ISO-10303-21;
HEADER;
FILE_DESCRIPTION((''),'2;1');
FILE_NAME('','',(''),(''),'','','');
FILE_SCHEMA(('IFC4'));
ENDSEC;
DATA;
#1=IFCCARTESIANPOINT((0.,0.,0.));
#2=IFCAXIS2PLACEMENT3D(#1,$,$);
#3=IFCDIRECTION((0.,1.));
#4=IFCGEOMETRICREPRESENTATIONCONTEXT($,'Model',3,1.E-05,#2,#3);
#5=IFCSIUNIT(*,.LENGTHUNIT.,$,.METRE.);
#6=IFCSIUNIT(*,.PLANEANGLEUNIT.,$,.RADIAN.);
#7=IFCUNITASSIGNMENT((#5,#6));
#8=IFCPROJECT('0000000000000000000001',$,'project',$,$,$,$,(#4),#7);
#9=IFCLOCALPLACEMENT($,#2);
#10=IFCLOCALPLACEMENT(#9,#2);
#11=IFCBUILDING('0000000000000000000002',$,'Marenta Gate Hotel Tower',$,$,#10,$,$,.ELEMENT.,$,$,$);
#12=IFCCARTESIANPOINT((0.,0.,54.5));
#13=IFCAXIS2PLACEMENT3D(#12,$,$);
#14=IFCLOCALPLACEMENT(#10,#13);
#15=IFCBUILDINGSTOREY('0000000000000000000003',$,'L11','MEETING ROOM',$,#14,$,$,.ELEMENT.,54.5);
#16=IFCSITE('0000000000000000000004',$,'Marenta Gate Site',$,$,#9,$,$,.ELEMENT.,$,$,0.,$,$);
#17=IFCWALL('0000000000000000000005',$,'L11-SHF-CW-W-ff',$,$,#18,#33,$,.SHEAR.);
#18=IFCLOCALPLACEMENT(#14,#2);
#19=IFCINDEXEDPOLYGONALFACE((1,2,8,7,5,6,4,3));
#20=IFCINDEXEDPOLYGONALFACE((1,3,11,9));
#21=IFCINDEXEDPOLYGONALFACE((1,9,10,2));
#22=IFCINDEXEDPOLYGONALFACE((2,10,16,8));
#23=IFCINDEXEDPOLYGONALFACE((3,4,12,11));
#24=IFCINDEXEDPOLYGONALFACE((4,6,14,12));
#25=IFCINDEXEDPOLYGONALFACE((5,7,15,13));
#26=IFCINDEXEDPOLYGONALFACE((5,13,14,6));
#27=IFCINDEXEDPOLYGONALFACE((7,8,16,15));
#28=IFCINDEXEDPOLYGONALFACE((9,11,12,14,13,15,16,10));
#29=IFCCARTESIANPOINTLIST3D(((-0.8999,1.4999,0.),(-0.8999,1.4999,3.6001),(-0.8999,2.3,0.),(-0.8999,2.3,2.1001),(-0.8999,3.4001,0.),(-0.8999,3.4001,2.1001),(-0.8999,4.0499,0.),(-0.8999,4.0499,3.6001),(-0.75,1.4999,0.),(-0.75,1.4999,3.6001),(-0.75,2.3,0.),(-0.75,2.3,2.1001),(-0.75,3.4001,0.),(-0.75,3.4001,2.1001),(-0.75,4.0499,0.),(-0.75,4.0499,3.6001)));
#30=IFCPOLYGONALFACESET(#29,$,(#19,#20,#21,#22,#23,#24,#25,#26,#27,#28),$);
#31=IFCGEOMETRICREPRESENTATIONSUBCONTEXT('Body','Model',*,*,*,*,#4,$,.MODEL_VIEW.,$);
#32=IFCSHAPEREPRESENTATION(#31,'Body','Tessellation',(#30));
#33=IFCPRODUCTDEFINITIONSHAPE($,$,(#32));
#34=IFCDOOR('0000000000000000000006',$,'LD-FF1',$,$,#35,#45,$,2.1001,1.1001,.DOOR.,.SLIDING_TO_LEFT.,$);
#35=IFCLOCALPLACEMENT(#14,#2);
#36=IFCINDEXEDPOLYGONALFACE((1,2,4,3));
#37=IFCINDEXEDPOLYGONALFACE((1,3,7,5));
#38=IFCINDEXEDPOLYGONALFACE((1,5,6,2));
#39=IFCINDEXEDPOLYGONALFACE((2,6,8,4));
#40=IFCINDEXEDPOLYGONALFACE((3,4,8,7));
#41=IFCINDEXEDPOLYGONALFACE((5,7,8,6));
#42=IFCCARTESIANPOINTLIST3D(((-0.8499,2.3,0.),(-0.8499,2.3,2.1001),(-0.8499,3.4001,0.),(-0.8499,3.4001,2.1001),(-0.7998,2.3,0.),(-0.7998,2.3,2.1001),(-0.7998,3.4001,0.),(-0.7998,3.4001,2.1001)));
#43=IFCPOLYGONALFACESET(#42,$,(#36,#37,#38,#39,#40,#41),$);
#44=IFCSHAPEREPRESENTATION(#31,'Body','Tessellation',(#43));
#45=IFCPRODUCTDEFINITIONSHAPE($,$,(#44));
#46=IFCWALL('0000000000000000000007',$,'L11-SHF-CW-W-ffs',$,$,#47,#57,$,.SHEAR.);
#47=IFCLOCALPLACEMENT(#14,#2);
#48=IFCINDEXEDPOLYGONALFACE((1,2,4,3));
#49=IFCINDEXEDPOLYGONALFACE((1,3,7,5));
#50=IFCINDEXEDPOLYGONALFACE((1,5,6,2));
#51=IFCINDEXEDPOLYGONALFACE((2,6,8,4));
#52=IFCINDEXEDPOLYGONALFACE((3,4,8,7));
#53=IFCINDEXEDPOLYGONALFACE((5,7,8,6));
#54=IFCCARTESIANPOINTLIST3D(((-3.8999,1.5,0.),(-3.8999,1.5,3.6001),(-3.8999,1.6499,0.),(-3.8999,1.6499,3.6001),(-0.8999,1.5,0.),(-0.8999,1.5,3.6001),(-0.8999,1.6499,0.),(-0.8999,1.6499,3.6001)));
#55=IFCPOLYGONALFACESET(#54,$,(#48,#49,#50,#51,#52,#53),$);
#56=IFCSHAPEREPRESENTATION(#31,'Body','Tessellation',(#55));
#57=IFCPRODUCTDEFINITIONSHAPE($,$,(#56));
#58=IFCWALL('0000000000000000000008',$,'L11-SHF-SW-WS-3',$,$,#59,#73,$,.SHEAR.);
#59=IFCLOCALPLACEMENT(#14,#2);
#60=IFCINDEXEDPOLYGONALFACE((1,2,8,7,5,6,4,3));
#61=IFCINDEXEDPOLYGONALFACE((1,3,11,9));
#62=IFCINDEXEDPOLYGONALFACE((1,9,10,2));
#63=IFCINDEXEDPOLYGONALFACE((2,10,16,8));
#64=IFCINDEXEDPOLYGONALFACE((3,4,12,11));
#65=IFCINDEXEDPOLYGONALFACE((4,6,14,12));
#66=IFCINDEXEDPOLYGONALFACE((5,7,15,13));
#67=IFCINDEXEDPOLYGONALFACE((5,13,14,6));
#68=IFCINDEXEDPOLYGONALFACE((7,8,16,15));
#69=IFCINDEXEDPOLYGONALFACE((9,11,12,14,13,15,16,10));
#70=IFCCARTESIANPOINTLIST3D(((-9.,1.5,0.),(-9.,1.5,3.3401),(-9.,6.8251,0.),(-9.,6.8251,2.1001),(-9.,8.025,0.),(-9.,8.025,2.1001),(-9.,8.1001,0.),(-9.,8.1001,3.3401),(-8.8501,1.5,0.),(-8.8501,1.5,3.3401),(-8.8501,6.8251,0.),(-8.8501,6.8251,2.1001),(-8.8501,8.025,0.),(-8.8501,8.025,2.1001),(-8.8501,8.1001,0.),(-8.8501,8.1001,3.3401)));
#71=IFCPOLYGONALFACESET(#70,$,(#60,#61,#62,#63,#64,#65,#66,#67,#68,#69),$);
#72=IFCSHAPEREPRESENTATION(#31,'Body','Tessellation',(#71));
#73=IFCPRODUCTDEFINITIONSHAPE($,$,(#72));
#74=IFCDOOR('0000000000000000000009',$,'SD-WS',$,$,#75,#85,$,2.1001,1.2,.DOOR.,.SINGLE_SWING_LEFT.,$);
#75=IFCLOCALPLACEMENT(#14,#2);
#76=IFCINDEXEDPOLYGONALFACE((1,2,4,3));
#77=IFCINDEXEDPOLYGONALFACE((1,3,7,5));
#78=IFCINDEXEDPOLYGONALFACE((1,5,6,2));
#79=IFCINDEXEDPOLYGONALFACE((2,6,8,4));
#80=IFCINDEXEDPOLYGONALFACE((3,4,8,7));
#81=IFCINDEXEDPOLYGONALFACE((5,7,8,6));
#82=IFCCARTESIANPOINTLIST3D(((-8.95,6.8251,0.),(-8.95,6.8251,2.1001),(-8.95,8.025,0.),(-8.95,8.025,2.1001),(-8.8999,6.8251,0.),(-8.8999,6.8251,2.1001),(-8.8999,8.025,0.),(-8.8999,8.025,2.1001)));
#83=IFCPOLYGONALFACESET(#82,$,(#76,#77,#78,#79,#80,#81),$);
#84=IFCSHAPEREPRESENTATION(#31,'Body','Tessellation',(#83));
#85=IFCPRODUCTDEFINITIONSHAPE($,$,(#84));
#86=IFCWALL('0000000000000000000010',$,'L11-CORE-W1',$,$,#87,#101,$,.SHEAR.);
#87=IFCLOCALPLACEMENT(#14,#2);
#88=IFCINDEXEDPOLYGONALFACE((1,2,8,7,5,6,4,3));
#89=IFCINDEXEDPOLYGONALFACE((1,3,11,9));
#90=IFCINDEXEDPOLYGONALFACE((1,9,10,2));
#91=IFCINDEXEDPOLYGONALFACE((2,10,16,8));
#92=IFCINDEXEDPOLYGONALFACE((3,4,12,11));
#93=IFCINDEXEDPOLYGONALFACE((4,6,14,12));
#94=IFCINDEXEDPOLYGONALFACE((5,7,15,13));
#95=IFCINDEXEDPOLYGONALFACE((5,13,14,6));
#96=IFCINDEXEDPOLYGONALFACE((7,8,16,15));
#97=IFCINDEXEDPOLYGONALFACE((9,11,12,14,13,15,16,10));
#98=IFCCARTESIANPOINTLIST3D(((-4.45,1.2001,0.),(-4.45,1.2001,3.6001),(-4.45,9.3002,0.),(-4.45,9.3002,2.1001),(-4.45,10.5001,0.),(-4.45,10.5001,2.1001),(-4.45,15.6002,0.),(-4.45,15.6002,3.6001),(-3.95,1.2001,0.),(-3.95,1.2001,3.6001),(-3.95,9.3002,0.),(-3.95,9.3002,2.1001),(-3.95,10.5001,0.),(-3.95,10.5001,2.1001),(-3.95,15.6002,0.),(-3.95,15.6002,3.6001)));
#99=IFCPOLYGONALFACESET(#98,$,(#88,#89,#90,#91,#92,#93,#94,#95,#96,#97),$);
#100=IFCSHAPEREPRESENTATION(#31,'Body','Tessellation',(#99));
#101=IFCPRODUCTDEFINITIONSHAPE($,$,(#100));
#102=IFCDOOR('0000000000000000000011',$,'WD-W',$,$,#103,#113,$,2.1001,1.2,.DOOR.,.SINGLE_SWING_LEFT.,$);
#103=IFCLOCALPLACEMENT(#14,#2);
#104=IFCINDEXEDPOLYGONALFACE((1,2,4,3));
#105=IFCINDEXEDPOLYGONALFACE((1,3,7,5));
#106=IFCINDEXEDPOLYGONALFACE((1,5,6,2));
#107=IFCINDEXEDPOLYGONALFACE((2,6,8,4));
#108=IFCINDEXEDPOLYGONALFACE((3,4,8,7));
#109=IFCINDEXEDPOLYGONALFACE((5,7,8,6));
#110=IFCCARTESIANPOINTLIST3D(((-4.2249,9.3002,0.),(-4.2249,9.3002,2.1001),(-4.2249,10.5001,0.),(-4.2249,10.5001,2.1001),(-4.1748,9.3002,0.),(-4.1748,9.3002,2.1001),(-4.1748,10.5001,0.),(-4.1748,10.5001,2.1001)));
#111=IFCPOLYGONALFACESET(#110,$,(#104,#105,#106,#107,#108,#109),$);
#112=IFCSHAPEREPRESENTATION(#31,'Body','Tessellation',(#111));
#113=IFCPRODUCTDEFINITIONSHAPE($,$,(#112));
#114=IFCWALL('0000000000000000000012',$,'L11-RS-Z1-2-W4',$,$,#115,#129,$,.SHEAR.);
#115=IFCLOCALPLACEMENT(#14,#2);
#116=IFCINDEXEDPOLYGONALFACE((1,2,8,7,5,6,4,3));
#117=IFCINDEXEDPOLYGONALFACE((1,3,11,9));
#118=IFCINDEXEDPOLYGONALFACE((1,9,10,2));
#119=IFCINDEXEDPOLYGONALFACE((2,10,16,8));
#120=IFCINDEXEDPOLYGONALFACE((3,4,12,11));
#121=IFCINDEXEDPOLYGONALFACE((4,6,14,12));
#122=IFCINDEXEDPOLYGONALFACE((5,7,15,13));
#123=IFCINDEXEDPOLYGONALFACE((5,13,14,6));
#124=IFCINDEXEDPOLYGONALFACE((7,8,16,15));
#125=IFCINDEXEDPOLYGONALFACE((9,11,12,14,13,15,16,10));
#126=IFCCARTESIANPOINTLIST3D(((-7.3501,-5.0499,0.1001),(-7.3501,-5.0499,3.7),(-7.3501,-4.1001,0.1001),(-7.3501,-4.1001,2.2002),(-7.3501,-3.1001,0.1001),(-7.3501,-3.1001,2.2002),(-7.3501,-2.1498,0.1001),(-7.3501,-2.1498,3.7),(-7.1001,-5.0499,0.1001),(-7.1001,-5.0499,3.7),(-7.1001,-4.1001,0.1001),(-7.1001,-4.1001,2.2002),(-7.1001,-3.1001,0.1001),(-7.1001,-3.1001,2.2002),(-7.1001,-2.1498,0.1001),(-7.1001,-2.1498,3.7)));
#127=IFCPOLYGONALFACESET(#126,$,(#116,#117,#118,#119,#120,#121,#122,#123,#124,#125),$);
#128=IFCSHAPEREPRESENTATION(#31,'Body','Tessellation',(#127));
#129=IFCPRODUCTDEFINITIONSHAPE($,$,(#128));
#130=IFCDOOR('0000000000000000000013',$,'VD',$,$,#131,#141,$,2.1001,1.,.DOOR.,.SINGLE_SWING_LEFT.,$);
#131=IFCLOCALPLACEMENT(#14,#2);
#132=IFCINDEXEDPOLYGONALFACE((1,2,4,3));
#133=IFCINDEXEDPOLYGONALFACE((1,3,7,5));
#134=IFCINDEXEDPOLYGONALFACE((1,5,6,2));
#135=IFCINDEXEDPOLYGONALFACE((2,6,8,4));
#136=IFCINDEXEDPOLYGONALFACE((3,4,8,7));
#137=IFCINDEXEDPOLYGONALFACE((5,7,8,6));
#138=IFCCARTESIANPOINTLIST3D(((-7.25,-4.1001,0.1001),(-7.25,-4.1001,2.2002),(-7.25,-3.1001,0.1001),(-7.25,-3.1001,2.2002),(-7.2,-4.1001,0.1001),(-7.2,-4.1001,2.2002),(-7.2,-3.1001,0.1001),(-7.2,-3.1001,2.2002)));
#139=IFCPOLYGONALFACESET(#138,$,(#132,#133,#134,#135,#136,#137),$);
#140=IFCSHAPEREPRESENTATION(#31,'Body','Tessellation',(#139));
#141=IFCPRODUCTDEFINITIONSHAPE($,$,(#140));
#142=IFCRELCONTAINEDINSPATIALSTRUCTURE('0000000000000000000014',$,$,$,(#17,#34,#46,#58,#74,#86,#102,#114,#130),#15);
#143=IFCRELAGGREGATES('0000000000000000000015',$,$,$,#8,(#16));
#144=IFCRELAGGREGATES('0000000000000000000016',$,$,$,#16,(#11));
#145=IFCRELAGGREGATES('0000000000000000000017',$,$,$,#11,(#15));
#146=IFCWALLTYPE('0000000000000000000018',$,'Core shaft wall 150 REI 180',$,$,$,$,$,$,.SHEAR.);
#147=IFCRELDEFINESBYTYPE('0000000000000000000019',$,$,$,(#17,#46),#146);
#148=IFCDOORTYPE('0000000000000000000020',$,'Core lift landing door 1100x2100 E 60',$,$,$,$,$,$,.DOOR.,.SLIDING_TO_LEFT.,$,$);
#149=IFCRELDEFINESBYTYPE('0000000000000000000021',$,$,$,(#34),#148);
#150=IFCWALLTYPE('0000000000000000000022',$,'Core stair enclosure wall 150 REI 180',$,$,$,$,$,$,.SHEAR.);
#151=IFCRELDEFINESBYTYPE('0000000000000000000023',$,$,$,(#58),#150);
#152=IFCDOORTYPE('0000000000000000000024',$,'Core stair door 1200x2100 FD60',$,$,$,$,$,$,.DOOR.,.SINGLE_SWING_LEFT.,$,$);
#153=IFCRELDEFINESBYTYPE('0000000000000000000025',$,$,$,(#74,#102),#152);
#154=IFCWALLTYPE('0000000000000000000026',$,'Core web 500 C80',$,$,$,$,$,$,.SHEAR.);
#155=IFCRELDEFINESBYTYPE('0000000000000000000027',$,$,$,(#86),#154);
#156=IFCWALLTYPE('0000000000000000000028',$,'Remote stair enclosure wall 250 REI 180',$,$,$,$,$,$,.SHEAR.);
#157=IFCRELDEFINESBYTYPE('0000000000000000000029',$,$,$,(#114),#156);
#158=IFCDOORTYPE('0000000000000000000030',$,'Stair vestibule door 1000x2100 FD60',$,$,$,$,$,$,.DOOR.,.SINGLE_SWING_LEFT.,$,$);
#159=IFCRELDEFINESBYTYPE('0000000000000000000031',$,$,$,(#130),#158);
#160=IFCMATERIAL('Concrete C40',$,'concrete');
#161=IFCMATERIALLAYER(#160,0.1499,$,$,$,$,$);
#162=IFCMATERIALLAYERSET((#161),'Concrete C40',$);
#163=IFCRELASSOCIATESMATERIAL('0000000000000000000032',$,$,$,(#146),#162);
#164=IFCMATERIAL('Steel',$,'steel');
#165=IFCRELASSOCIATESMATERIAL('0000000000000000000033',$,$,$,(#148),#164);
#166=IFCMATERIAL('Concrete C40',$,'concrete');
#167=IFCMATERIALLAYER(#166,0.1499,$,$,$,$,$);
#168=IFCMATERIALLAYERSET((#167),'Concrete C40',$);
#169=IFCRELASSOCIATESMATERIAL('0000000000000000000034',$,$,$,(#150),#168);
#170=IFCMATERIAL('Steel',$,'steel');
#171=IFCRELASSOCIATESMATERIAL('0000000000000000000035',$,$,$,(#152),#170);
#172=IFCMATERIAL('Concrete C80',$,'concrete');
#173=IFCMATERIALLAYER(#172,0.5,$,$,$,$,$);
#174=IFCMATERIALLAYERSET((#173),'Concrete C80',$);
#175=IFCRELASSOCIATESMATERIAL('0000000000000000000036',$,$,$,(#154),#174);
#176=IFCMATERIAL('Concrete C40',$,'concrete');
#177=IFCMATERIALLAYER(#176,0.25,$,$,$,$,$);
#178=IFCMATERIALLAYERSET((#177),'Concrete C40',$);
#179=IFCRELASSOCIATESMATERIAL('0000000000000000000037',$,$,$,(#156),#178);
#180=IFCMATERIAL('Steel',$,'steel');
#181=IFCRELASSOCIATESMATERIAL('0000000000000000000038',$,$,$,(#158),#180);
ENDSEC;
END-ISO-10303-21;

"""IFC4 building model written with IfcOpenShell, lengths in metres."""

from ifc_helpers import new_model, si_unit, direction, frame, frame_2d, origin, place, context, subcontext, project, spatial, rectangle, extrude, material, layer, layer_set, type_object, element, fill, save


model = new_model("IFC4")

# Units and contexts
model_context = context("Model", 3, precision=1e-05, world=origin(), true_north=direction((0.0, 1.0)))
body_context = subcontext(model_context, "Body", "Model", "MODEL_VIEW")
ifc_project = project(units=[si_unit("LENGTHUNIT", "METRE"), si_unit("PLANEANGLEUNIT", "RADIAN")], contexts=[model_context])

# Site, building, storey
site_placement = place(None, origin())
site = spatial("IfcSite", under=ifc_project, at=site_placement, Name="Marenta Gate Site", CompositionType="ELEMENT", RefElevation=0.0)
building_placement = place(site_placement, origin())
building = spatial("IfcBuilding", under=site, at=building_placement, Name="Marenta Gate Hotel Tower", CompositionType="ELEMENT")
storey_placement = place(building_placement, frame((0.0, 0.0, 54.5)))
storey = spatial("IfcBuildingStorey", under=building, at=storey_placement, Name="L11", Description="MEETING ROOM", CompositionType="ELEMENT", Elevation=54.5)

# Wall, opening, door
ifc_material_1 = material(Name="Concrete C40", Category="concrete")
ifc_layer_1 = layer(ifc_material_1, 0.1499)
ifc_layer_set_1 = layer_set([ifc_layer_1], Name="Concrete C40")
wall_type_1 = type_object("IfcWallType", Name="Core shaft wall 150 REI 180", PredefinedType="SHEAR", material=ifc_layer_set_1)
wall_1_placement = place(storey_placement, frame((-0.825, 1.5, 0.0), z_axis=(0.0, 0.0, 1.0), x_axis=(0.0, 1.0, 0.0)))
wall_1 = element("IfcWall", 1, at=wall_1_placement, inside=storey, type_object=wall_type_1, Name="L11-SHF-CW-W-ff", PredefinedType="SHEAR", context=body_context, shape_type="SweptSolid", body=[
    extrude(rectangle(XDim=2.55, YDim=0.1499, at=frame_2d((1.2749, 0.0))), origin(), (0.0, 0.0, 1.0), 3.6001),
])
opening_1_placement = place(wall_1_placement, frame((0.8, 0.0, 0.0)))
opening_1 = element("IfcOpeningElement", 2, at=opening_1_placement, cuts=wall_1, PredefinedType="OPENING", context=body_context, shape_type="SweptSolid", body=[
    extrude(rectangle(XDim=1.1001, YDim=2.1001, at=frame_2d((0.55, 1.05))), frame((0.0, 0.075, 0.0), z_axis=(0.0, -1.0, 0.0), x_axis=(1.0, 0.0, 0.0)), (0.0, 0.0, 1.0), 0.1499),
])
ifc_material_2 = material(Name="Steel", Category="steel")
door_type_1 = type_object("IfcDoorType", Name="Core lift landing door 1100x2100 E 60", OperationType="SLIDING_TO_LEFT", PredefinedType="DOOR", material=ifc_material_2)
door_1_placement = place(opening_1_placement, origin())
door_1 = element("IfcDoor", 3, at=door_1_placement, inside=storey, type_object=door_type_1, Name="LD-FF1", OperationType="SLIDING_TO_LEFT", OverallHeight=2.1001, OverallWidth=1.1001, PredefinedType="DOOR", context=body_context, shape_type="SweptSolid", body=[
    extrude(rectangle(XDim=1.1001, YDim=2.1001, at=frame_2d((0.55, 1.05))), frame((0.0, 0.0249, 0.0), z_axis=(0.0, -1.0, 0.0), x_axis=(1.0, 0.0, 0.0)), (0.0, 0.0, 1.0), 0.05),
])
fill(opening_1, door_1)

# Wall
wall_2_placement = place(storey_placement, frame((-3.8999, 1.575, 0.0), z_axis=(0.0, 0.0, 1.0), x_axis=(1.0, 0.0, 0.0)))
element("IfcWall", 4, at=wall_2_placement, inside=storey, type_object=wall_type_1, Name="L11-SHF-CW-W-ffs", PredefinedType="SHEAR", context=body_context, shape_type="SweptSolid", body=[
    extrude(rectangle(XDim=3.0, YDim=0.1499, at=frame_2d((1.5, 0.0))), origin(), (0.0, 0.0, 1.0), 3.6001),
])

# Walls, openings, doors
ifc_material_3 = material(Name="Concrete C40", Category="concrete")
ifc_layer_2 = layer(ifc_material_3, 0.1499)
ifc_layer_set_2 = layer_set([ifc_layer_2], Name="Concrete C40")
wall_type_2 = type_object("IfcWallType", Name="Core stair enclosure wall 150 REI 180", PredefinedType="SHEAR", material=ifc_layer_set_2)
wall_3_placement = place(storey_placement, frame((-8.925, 1.5, 0.0), z_axis=(0.0, 0.0, 1.0), x_axis=(0.0, 1.0, 0.0)))
wall_3 = element("IfcWall", 5, at=wall_3_placement, inside=storey, type_object=wall_type_2, Name="L11-SHF-SW-WS-3", PredefinedType="SHEAR", context=body_context, shape_type="SweptSolid", body=[
    extrude(rectangle(XDim=6.6001, YDim=0.1499, at=frame_2d((3.3, 0.0))), origin(), (0.0, 0.0, 1.0), 3.3401),
])
opening_2_placement = place(wall_3_placement, frame((5.325, 0.0, 0.0)))
opening_2 = element("IfcOpeningElement", 6, at=opening_2_placement, cuts=wall_3, PredefinedType="OPENING", context=body_context, shape_type="SweptSolid", body=[
    extrude(rectangle(XDim=1.2, YDim=2.1001, at=frame_2d((0.6001, 1.05))), frame((0.0, 0.075, 0.0), z_axis=(0.0, -1.0, 0.0), x_axis=(1.0, 0.0, 0.0)), (0.0, 0.0, 1.0), 0.1499),
])
ifc_material_4 = material(Name="Steel", Category="steel")
door_type_2 = type_object("IfcDoorType", Name="Core stair door 1200x2100 FD60", OperationType="SINGLE_SWING_LEFT", PredefinedType="DOOR", material=ifc_material_4)
door_2_placement = place(opening_2_placement, origin())
door_2 = element("IfcDoor", 7, at=door_2_placement, inside=storey, type_object=door_type_2, Name="SD-WS", OperationType="SINGLE_SWING_LEFT", OverallHeight=2.1001, OverallWidth=1.2, PredefinedType="DOOR", context=body_context, shape_type="SweptSolid", body=[
    extrude(rectangle(XDim=1.2, YDim=2.1001, at=frame_2d((0.6001, 1.05))), frame((0.0, 0.0249, 0.0), z_axis=(0.0, -1.0, 0.0), x_axis=(1.0, 0.0, 0.0)), (0.0, 0.0, 1.0), 0.05),
])
fill(opening_2, door_2)
ifc_material_5 = material(Name="Concrete C80", Category="concrete")
ifc_layer_3 = layer(ifc_material_5, 0.5)
ifc_layer_set_3 = layer_set([ifc_layer_3], Name="Concrete C80")
wall_type_3 = type_object("IfcWallType", Name="Core web 500 C80", PredefinedType="SHEAR", material=ifc_layer_set_3)
wall_4_placement = place(storey_placement, frame((-4.2, 1.2, 0.0), z_axis=(0.0, 0.0, 1.0), x_axis=(0.0, 1.0, 0.0)))
wall_4 = element("IfcWall", 8, at=wall_4_placement, inside=storey, type_object=wall_type_3, Name="L11-CORE-W1", PredefinedType="SHEAR", context=body_context, shape_type="SweptSolid", body=[
    extrude(rectangle(XDim=14.4001, YDim=0.5, at=frame_2d((7.2002, 0.0))), origin(), (0.0, 0.0, 1.0), 3.6001),
])
opening_3_placement = place(wall_4_placement, frame((8.1001, 0.0, 0.0)))
opening_3 = element("IfcOpeningElement", 9, at=opening_3_placement, cuts=wall_4, PredefinedType="OPENING", context=body_context, shape_type="SweptSolid", body=[
    extrude(rectangle(XDim=1.2, YDim=2.1001, at=frame_2d((0.6001, 1.05))), frame((0.0, 0.25, 0.0), z_axis=(0.0, -1.0, 0.0), x_axis=(1.0, 0.0, 0.0)), (0.0, 0.0, 1.0), 0.5),
])
door_3_placement = place(opening_3_placement, origin())
door_3 = element("IfcDoor", 10, at=door_3_placement, inside=storey, type_object=door_type_2, Name="WD-W", OperationType="SINGLE_SWING_LEFT", OverallHeight=2.1001, OverallWidth=1.2, PredefinedType="DOOR", context=body_context, shape_type="SweptSolid", body=[
    extrude(rectangle(XDim=1.2, YDim=2.1001, at=frame_2d((0.6001, 1.05))), frame((0.0, 0.0249, 0.0), z_axis=(0.0, -1.0, 0.0), x_axis=(1.0, 0.0, 0.0)), (0.0, 0.0, 1.0), 0.05),
])
fill(opening_3, door_3)
ifc_material_6 = material(Name="Concrete C40", Category="concrete")
ifc_layer_4 = layer(ifc_material_6, 0.25)
ifc_layer_set_4 = layer_set([ifc_layer_4], Name="Concrete C40")
wall_type_4 = type_object("IfcWallType", Name="Remote stair enclosure wall 250 REI 180", PredefinedType="SHEAR", material=ifc_layer_set_4)
wall_5_placement = place(storey_placement, frame((-7.2251, -5.05, 0.1001), z_axis=(0.0, 0.0, 1.0), x_axis=(0.0, 1.0, 0.0)))
wall_5 = element("IfcWall", 11, at=wall_5_placement, inside=storey, type_object=wall_type_4, Name="L11-RS-Z1-2-W4", PredefinedType="SHEAR", context=body_context, shape_type="SweptSolid", body=[
    extrude(rectangle(XDim=2.9001, YDim=0.25, at=frame_2d((1.4502, 0.0))), origin(), (0.0, 0.0, 1.0), 3.5999),
])
opening_4_placement = place(wall_5_placement, frame((0.95, 0.0, 0.0)))
opening_4 = element("IfcOpeningElement", 12, at=opening_4_placement, cuts=wall_5, PredefinedType="OPENING", context=body_context, shape_type="SweptSolid", body=[
    extrude(rectangle(XDim=1.0, YDim=2.1001, at=frame_2d((0.5, 1.05))), frame((0.0, 0.125, 0.0), z_axis=(0.0, -1.0, 0.0), x_axis=(1.0, 0.0, 0.0)), (0.0, 0.0, 1.0), 0.25),
])
ifc_material_7 = material(Name="Steel", Category="steel")
door_type_3 = type_object("IfcDoorType", Name="Stair vestibule door 1000x2100 FD60", OperationType="SINGLE_SWING_LEFT", PredefinedType="DOOR", material=ifc_material_7)
door_4_placement = place(opening_4_placement, origin())
door_4 = element("IfcDoor", 13, at=door_4_placement, inside=storey, type_object=door_type_3, Name="VD", OperationType="SINGLE_SWING_LEFT", OverallHeight=2.1001, OverallWidth=1.0, PredefinedType="DOOR", context=body_context, shape_type="SweptSolid", body=[
    extrude(rectangle(XDim=1.0, YDim=2.1001, at=frame_2d((0.5, 1.05))), frame((0.0, 0.0249, 0.0), z_axis=(0.0, -1.0, 0.0), x_axis=(1.0, 0.0, 0.0)), (0.0, 0.0, 1.0), 0.05),
])
fill(opening_4, door_4)

save(model, "model.ifc")
